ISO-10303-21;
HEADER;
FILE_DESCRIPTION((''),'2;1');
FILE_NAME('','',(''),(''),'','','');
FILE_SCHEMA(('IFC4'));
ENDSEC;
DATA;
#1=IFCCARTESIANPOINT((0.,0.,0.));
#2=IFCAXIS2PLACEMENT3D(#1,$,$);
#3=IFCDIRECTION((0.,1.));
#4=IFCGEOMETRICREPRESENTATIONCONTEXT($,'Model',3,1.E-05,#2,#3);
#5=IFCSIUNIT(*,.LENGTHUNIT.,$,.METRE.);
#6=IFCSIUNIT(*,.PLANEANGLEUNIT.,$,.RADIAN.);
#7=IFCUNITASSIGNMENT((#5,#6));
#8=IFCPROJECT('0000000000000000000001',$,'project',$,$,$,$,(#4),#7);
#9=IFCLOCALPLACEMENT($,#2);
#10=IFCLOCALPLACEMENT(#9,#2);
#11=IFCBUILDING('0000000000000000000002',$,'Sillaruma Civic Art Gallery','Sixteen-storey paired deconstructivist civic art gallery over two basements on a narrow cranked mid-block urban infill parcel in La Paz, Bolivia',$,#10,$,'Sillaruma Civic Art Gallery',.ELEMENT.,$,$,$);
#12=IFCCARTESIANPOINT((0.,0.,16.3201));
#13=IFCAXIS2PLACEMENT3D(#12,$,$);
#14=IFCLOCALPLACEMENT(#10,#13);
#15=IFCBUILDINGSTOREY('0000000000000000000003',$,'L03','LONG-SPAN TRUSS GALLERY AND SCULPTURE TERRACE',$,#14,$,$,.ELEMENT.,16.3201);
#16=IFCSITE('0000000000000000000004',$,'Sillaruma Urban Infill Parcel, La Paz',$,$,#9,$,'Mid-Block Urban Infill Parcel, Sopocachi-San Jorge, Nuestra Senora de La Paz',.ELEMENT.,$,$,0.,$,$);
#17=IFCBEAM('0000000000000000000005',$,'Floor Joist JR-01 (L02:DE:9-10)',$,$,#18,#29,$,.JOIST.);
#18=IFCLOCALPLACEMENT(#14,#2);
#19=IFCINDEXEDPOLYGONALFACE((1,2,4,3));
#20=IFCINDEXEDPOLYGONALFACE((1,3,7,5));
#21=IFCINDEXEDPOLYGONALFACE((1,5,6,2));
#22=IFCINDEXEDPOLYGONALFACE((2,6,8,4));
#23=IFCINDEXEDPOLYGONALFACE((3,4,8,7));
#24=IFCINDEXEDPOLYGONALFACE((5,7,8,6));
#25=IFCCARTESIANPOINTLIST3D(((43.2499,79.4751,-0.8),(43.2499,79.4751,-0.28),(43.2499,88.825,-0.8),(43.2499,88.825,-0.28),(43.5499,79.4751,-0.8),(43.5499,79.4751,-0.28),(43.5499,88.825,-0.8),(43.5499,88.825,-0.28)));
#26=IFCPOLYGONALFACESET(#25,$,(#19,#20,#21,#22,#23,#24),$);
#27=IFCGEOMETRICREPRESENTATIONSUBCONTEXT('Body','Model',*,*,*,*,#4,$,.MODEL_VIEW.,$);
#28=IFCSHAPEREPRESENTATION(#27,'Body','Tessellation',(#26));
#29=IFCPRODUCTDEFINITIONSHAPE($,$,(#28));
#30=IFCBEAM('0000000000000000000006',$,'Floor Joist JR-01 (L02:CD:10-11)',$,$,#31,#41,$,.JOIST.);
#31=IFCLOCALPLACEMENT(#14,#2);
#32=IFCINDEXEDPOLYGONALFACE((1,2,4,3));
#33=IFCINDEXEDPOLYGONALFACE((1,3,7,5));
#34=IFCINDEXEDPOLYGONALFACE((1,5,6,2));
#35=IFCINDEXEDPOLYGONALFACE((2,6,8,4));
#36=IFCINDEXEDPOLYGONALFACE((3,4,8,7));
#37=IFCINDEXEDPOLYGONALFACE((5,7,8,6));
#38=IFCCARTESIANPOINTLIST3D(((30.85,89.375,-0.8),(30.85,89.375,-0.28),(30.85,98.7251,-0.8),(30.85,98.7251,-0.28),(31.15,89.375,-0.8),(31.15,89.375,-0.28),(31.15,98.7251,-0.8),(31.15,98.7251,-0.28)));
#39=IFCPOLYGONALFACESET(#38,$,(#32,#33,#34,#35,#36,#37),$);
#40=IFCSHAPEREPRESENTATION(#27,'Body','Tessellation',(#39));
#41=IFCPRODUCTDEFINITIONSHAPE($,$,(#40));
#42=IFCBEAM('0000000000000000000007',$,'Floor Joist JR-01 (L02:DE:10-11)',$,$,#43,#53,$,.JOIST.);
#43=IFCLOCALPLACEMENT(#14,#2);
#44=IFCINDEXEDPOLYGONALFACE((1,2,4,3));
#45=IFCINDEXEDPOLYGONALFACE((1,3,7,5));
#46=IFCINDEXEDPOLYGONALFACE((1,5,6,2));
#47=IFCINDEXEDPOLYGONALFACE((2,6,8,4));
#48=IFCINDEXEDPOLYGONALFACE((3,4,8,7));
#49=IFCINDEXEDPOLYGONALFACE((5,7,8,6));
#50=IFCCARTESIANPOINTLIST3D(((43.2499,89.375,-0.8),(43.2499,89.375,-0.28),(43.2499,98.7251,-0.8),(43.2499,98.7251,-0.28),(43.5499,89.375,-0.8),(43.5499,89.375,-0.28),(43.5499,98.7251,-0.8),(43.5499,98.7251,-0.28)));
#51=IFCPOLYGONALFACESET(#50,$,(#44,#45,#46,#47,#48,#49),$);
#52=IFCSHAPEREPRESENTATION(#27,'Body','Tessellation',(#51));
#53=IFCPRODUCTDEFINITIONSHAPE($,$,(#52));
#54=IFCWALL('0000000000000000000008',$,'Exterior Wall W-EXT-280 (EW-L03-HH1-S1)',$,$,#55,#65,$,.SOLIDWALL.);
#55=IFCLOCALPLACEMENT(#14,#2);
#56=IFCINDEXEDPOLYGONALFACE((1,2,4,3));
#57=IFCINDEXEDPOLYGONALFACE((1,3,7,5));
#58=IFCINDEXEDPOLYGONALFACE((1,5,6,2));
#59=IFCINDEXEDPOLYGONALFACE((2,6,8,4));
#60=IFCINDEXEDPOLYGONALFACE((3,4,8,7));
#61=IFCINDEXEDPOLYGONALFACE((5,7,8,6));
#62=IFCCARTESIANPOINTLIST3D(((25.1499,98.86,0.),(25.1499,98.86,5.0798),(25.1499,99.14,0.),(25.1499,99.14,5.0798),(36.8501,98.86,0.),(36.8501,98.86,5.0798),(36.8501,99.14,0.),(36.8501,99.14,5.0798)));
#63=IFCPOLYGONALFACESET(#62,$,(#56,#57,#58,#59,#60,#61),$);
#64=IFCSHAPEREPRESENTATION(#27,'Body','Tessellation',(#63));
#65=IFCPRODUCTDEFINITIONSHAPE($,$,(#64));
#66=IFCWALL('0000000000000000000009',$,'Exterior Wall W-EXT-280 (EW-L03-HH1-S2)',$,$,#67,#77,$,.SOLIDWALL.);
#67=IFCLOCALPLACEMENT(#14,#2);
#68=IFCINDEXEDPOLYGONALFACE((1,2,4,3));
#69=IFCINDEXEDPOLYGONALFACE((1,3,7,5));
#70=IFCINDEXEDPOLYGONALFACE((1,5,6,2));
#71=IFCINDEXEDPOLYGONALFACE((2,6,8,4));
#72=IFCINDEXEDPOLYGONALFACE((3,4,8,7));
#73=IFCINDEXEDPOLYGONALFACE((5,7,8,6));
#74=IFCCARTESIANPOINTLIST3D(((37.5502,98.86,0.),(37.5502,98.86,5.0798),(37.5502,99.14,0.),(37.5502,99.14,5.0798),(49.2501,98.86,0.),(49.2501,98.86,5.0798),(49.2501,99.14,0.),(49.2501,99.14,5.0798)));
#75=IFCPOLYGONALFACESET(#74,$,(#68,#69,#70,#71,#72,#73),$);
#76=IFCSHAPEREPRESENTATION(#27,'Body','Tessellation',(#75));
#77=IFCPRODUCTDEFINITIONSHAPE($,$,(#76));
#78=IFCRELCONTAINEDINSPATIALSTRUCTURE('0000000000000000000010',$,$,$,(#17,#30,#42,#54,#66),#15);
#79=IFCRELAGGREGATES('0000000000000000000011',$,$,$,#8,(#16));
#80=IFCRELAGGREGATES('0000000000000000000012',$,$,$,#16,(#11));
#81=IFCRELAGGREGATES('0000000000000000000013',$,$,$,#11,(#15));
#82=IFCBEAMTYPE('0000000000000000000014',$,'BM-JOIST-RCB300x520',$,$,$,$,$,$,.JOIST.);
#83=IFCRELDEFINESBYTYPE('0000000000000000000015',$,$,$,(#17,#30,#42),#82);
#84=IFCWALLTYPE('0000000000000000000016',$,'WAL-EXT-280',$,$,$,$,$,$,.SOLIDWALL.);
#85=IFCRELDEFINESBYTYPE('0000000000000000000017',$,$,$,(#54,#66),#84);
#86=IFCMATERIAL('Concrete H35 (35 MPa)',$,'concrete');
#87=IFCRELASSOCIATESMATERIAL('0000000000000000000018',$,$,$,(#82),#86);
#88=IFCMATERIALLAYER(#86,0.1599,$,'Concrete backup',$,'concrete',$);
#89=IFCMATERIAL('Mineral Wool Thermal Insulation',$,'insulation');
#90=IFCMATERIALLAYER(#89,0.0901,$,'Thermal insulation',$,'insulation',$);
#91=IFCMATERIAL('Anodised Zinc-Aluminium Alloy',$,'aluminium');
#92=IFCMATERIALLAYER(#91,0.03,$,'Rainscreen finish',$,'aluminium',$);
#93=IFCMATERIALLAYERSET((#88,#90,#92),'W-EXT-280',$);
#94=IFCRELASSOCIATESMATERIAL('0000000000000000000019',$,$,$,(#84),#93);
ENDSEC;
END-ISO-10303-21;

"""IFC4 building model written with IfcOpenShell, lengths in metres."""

from ifc_helpers import new_model, si_unit, direction, frame, frame_2d, origin, origin_2d, place, context, subcontext, project, spatial, rectangle, extrude, material, layer, layer_set, material_profile, profile_set, type_object, element, save


model = new_model("IFC4")

# Units and contexts
model_context = context("Model", 3, precision=1e-05, world=origin(), true_north=direction((0.0, 1.0)))
body_context = subcontext(model_context, "Body", "Model", "MODEL_VIEW")
ifc_project = project(units=[si_unit("LENGTHUNIT", "METRE"), si_unit("PLANEANGLEUNIT", "RADIAN")], contexts=[model_context])

# Site, building, storey
site_placement = place(None, origin())
site = spatial("IfcSite", under=ifc_project, at=site_placement, Name="Sillaruma Urban Infill Parcel, La Paz", LongName="Mid-Block Urban Infill Parcel, Sopocachi-San Jorge, Nuestra Senora de La Paz", CompositionType="ELEMENT", RefElevation=0.0)
building_placement = place(site_placement, origin())
building = spatial("IfcBuilding", under=site, at=building_placement, Name="Sillaruma Civic Art Gallery", Description="Sixteen-storey paired deconstructivist civic art gallery over two basements on a narrow cranked mid-block urban infill parcel in La Paz, Bolivia", LongName="Sillaruma Civic Art Gallery", CompositionType="ELEMENT")
storey_placement = place(building_placement, frame((0.0, 0.0, 16.3201)))
storey = spatial("IfcBuildingStorey", under=building, at=storey_placement, Name="L03", Description="LONG-SPAN TRUSS GALLERY AND SCULPTURE TERRACE", CompositionType="ELEMENT", Elevation=16.3201)

# Beams
ifc_material_1 = material(Name="Concrete H35 (35 MPa)", Category="concrete")
ifc_material_profile_1 = material_profile(ifc_material_1, rectangle(XDim=0.3, YDim=0.52, at=origin_2d()), Name="RCB300x520")
ifc_profile_set_1 = profile_set([ifc_material_profile_1], Name="Concrete H35 (35 MPa)")
beam_type_1 = type_object("IfcBeamType", Name="BM-JOIST-RCB300x520", PredefinedType="JOIST", material=ifc_profile_set_1)
for number, where, z_axis, x_axis, name in (
    (1, (43.3999, 79.4751, -0.54), (0.0, 1.0, 0.0), (-1.0, 0.0, 0.0), "Floor Joist JR-01 (L02:DE:9-10)"),
):
    element("IfcBeam", number, at=place(storey_placement, frame(where, z_axis=z_axis, x_axis=x_axis)), inside=storey, type_object=beam_type_1, Name=name, PredefinedType="JOIST", context=body_context, shape_type="SweptSolid", body=[
        extrude(rectangle(XDim=0.3, YDim=0.52, at=origin_2d()), origin(), (0.0, 0.0, 1.0), 9.3499),
    ])
for number, where, z_axis, x_axis, name in (
    (2, (31.0, 89.375, -0.54), (0.0, 1.0, 0.0), (-1.0, 0.0, 0.0), "Floor Joist JR-01 (L02:CD:10-11)"),
    (3, (43.3999, 89.375, -0.54), (0.0, 1.0, 0.0), (-1.0, 0.0, 0.0), "Floor Joist JR-01 (L02:DE:10-11)"),
):
    element("IfcBeam", number, at=place(storey_placement, frame(where, z_axis=z_axis, x_axis=x_axis)), inside=storey, type_object=beam_type_1, Name=name, PredefinedType="JOIST", context=body_context, shape_type="SweptSolid", body=[
        extrude(rectangle(XDim=0.3, YDim=0.52, at=origin_2d()), origin(), (0.0, 0.0, 1.0), 9.3501),
    ])

# Walls
ifc_layer_1 = layer(ifc_material_1, 0.1599, Name="Concrete backup", Category="concrete")
ifc_material_2 = material(Name="Mineral Wool Thermal Insulation", Category="insulation")
ifc_layer_2 = layer(ifc_material_2, 0.0901, Name="Thermal insulation", Category="insulation")
ifc_material_3 = material(Name="Anodised Zinc-Aluminium Alloy", Category="aluminium")
ifc_layer_3 = layer(ifc_material_3, 0.03, Name="Rainscreen finish", Category="aluminium")
ifc_layer_set = layer_set([ifc_layer_1, ifc_layer_2, ifc_layer_3], Name="W-EXT-280")
wall_type = type_object("IfcWallType", Name="WAL-EXT-280", PredefinedType="SOLIDWALL", material=ifc_layer_set)
wall_1_placement = place(storey_placement, frame((25.1499, 99.0, 0.0), z_axis=(0.0, 0.0, 1.0), x_axis=(1.0, 0.0, 0.0)))
element("IfcWall", 4, at=wall_1_placement, inside=storey, type_object=wall_type, Name="Exterior Wall W-EXT-280 (EW-L03-HH1-S1)", PredefinedType="SOLIDWALL", context=body_context, shape_type="SweptSolid", body=[
    extrude(rectangle(XDim=11.7002, YDim=0.28, at=frame_2d((5.8501, 0.0))), origin(), (0.0, 0.0, 1.0), 5.0798),
])
wall_2_placement = place(storey_placement, frame((37.55, 99.0, 0.0), z_axis=(0.0, 0.0, 1.0), x_axis=(1.0, 0.0, 0.0)))
element("IfcWall", 5, at=wall_2_placement, inside=storey, type_object=wall_type, Name="Exterior Wall W-EXT-280 (EW-L03-HH1-S2)", PredefinedType="SOLIDWALL", context=body_context, shape_type="SweptSolid", body=[
    extrude(rectangle(XDim=11.7, YDim=0.28, at=frame_2d((5.8501, 0.0))), origin(), (0.0, 0.0, 1.0), 5.0798),
])

save(model, "model.ifc")
